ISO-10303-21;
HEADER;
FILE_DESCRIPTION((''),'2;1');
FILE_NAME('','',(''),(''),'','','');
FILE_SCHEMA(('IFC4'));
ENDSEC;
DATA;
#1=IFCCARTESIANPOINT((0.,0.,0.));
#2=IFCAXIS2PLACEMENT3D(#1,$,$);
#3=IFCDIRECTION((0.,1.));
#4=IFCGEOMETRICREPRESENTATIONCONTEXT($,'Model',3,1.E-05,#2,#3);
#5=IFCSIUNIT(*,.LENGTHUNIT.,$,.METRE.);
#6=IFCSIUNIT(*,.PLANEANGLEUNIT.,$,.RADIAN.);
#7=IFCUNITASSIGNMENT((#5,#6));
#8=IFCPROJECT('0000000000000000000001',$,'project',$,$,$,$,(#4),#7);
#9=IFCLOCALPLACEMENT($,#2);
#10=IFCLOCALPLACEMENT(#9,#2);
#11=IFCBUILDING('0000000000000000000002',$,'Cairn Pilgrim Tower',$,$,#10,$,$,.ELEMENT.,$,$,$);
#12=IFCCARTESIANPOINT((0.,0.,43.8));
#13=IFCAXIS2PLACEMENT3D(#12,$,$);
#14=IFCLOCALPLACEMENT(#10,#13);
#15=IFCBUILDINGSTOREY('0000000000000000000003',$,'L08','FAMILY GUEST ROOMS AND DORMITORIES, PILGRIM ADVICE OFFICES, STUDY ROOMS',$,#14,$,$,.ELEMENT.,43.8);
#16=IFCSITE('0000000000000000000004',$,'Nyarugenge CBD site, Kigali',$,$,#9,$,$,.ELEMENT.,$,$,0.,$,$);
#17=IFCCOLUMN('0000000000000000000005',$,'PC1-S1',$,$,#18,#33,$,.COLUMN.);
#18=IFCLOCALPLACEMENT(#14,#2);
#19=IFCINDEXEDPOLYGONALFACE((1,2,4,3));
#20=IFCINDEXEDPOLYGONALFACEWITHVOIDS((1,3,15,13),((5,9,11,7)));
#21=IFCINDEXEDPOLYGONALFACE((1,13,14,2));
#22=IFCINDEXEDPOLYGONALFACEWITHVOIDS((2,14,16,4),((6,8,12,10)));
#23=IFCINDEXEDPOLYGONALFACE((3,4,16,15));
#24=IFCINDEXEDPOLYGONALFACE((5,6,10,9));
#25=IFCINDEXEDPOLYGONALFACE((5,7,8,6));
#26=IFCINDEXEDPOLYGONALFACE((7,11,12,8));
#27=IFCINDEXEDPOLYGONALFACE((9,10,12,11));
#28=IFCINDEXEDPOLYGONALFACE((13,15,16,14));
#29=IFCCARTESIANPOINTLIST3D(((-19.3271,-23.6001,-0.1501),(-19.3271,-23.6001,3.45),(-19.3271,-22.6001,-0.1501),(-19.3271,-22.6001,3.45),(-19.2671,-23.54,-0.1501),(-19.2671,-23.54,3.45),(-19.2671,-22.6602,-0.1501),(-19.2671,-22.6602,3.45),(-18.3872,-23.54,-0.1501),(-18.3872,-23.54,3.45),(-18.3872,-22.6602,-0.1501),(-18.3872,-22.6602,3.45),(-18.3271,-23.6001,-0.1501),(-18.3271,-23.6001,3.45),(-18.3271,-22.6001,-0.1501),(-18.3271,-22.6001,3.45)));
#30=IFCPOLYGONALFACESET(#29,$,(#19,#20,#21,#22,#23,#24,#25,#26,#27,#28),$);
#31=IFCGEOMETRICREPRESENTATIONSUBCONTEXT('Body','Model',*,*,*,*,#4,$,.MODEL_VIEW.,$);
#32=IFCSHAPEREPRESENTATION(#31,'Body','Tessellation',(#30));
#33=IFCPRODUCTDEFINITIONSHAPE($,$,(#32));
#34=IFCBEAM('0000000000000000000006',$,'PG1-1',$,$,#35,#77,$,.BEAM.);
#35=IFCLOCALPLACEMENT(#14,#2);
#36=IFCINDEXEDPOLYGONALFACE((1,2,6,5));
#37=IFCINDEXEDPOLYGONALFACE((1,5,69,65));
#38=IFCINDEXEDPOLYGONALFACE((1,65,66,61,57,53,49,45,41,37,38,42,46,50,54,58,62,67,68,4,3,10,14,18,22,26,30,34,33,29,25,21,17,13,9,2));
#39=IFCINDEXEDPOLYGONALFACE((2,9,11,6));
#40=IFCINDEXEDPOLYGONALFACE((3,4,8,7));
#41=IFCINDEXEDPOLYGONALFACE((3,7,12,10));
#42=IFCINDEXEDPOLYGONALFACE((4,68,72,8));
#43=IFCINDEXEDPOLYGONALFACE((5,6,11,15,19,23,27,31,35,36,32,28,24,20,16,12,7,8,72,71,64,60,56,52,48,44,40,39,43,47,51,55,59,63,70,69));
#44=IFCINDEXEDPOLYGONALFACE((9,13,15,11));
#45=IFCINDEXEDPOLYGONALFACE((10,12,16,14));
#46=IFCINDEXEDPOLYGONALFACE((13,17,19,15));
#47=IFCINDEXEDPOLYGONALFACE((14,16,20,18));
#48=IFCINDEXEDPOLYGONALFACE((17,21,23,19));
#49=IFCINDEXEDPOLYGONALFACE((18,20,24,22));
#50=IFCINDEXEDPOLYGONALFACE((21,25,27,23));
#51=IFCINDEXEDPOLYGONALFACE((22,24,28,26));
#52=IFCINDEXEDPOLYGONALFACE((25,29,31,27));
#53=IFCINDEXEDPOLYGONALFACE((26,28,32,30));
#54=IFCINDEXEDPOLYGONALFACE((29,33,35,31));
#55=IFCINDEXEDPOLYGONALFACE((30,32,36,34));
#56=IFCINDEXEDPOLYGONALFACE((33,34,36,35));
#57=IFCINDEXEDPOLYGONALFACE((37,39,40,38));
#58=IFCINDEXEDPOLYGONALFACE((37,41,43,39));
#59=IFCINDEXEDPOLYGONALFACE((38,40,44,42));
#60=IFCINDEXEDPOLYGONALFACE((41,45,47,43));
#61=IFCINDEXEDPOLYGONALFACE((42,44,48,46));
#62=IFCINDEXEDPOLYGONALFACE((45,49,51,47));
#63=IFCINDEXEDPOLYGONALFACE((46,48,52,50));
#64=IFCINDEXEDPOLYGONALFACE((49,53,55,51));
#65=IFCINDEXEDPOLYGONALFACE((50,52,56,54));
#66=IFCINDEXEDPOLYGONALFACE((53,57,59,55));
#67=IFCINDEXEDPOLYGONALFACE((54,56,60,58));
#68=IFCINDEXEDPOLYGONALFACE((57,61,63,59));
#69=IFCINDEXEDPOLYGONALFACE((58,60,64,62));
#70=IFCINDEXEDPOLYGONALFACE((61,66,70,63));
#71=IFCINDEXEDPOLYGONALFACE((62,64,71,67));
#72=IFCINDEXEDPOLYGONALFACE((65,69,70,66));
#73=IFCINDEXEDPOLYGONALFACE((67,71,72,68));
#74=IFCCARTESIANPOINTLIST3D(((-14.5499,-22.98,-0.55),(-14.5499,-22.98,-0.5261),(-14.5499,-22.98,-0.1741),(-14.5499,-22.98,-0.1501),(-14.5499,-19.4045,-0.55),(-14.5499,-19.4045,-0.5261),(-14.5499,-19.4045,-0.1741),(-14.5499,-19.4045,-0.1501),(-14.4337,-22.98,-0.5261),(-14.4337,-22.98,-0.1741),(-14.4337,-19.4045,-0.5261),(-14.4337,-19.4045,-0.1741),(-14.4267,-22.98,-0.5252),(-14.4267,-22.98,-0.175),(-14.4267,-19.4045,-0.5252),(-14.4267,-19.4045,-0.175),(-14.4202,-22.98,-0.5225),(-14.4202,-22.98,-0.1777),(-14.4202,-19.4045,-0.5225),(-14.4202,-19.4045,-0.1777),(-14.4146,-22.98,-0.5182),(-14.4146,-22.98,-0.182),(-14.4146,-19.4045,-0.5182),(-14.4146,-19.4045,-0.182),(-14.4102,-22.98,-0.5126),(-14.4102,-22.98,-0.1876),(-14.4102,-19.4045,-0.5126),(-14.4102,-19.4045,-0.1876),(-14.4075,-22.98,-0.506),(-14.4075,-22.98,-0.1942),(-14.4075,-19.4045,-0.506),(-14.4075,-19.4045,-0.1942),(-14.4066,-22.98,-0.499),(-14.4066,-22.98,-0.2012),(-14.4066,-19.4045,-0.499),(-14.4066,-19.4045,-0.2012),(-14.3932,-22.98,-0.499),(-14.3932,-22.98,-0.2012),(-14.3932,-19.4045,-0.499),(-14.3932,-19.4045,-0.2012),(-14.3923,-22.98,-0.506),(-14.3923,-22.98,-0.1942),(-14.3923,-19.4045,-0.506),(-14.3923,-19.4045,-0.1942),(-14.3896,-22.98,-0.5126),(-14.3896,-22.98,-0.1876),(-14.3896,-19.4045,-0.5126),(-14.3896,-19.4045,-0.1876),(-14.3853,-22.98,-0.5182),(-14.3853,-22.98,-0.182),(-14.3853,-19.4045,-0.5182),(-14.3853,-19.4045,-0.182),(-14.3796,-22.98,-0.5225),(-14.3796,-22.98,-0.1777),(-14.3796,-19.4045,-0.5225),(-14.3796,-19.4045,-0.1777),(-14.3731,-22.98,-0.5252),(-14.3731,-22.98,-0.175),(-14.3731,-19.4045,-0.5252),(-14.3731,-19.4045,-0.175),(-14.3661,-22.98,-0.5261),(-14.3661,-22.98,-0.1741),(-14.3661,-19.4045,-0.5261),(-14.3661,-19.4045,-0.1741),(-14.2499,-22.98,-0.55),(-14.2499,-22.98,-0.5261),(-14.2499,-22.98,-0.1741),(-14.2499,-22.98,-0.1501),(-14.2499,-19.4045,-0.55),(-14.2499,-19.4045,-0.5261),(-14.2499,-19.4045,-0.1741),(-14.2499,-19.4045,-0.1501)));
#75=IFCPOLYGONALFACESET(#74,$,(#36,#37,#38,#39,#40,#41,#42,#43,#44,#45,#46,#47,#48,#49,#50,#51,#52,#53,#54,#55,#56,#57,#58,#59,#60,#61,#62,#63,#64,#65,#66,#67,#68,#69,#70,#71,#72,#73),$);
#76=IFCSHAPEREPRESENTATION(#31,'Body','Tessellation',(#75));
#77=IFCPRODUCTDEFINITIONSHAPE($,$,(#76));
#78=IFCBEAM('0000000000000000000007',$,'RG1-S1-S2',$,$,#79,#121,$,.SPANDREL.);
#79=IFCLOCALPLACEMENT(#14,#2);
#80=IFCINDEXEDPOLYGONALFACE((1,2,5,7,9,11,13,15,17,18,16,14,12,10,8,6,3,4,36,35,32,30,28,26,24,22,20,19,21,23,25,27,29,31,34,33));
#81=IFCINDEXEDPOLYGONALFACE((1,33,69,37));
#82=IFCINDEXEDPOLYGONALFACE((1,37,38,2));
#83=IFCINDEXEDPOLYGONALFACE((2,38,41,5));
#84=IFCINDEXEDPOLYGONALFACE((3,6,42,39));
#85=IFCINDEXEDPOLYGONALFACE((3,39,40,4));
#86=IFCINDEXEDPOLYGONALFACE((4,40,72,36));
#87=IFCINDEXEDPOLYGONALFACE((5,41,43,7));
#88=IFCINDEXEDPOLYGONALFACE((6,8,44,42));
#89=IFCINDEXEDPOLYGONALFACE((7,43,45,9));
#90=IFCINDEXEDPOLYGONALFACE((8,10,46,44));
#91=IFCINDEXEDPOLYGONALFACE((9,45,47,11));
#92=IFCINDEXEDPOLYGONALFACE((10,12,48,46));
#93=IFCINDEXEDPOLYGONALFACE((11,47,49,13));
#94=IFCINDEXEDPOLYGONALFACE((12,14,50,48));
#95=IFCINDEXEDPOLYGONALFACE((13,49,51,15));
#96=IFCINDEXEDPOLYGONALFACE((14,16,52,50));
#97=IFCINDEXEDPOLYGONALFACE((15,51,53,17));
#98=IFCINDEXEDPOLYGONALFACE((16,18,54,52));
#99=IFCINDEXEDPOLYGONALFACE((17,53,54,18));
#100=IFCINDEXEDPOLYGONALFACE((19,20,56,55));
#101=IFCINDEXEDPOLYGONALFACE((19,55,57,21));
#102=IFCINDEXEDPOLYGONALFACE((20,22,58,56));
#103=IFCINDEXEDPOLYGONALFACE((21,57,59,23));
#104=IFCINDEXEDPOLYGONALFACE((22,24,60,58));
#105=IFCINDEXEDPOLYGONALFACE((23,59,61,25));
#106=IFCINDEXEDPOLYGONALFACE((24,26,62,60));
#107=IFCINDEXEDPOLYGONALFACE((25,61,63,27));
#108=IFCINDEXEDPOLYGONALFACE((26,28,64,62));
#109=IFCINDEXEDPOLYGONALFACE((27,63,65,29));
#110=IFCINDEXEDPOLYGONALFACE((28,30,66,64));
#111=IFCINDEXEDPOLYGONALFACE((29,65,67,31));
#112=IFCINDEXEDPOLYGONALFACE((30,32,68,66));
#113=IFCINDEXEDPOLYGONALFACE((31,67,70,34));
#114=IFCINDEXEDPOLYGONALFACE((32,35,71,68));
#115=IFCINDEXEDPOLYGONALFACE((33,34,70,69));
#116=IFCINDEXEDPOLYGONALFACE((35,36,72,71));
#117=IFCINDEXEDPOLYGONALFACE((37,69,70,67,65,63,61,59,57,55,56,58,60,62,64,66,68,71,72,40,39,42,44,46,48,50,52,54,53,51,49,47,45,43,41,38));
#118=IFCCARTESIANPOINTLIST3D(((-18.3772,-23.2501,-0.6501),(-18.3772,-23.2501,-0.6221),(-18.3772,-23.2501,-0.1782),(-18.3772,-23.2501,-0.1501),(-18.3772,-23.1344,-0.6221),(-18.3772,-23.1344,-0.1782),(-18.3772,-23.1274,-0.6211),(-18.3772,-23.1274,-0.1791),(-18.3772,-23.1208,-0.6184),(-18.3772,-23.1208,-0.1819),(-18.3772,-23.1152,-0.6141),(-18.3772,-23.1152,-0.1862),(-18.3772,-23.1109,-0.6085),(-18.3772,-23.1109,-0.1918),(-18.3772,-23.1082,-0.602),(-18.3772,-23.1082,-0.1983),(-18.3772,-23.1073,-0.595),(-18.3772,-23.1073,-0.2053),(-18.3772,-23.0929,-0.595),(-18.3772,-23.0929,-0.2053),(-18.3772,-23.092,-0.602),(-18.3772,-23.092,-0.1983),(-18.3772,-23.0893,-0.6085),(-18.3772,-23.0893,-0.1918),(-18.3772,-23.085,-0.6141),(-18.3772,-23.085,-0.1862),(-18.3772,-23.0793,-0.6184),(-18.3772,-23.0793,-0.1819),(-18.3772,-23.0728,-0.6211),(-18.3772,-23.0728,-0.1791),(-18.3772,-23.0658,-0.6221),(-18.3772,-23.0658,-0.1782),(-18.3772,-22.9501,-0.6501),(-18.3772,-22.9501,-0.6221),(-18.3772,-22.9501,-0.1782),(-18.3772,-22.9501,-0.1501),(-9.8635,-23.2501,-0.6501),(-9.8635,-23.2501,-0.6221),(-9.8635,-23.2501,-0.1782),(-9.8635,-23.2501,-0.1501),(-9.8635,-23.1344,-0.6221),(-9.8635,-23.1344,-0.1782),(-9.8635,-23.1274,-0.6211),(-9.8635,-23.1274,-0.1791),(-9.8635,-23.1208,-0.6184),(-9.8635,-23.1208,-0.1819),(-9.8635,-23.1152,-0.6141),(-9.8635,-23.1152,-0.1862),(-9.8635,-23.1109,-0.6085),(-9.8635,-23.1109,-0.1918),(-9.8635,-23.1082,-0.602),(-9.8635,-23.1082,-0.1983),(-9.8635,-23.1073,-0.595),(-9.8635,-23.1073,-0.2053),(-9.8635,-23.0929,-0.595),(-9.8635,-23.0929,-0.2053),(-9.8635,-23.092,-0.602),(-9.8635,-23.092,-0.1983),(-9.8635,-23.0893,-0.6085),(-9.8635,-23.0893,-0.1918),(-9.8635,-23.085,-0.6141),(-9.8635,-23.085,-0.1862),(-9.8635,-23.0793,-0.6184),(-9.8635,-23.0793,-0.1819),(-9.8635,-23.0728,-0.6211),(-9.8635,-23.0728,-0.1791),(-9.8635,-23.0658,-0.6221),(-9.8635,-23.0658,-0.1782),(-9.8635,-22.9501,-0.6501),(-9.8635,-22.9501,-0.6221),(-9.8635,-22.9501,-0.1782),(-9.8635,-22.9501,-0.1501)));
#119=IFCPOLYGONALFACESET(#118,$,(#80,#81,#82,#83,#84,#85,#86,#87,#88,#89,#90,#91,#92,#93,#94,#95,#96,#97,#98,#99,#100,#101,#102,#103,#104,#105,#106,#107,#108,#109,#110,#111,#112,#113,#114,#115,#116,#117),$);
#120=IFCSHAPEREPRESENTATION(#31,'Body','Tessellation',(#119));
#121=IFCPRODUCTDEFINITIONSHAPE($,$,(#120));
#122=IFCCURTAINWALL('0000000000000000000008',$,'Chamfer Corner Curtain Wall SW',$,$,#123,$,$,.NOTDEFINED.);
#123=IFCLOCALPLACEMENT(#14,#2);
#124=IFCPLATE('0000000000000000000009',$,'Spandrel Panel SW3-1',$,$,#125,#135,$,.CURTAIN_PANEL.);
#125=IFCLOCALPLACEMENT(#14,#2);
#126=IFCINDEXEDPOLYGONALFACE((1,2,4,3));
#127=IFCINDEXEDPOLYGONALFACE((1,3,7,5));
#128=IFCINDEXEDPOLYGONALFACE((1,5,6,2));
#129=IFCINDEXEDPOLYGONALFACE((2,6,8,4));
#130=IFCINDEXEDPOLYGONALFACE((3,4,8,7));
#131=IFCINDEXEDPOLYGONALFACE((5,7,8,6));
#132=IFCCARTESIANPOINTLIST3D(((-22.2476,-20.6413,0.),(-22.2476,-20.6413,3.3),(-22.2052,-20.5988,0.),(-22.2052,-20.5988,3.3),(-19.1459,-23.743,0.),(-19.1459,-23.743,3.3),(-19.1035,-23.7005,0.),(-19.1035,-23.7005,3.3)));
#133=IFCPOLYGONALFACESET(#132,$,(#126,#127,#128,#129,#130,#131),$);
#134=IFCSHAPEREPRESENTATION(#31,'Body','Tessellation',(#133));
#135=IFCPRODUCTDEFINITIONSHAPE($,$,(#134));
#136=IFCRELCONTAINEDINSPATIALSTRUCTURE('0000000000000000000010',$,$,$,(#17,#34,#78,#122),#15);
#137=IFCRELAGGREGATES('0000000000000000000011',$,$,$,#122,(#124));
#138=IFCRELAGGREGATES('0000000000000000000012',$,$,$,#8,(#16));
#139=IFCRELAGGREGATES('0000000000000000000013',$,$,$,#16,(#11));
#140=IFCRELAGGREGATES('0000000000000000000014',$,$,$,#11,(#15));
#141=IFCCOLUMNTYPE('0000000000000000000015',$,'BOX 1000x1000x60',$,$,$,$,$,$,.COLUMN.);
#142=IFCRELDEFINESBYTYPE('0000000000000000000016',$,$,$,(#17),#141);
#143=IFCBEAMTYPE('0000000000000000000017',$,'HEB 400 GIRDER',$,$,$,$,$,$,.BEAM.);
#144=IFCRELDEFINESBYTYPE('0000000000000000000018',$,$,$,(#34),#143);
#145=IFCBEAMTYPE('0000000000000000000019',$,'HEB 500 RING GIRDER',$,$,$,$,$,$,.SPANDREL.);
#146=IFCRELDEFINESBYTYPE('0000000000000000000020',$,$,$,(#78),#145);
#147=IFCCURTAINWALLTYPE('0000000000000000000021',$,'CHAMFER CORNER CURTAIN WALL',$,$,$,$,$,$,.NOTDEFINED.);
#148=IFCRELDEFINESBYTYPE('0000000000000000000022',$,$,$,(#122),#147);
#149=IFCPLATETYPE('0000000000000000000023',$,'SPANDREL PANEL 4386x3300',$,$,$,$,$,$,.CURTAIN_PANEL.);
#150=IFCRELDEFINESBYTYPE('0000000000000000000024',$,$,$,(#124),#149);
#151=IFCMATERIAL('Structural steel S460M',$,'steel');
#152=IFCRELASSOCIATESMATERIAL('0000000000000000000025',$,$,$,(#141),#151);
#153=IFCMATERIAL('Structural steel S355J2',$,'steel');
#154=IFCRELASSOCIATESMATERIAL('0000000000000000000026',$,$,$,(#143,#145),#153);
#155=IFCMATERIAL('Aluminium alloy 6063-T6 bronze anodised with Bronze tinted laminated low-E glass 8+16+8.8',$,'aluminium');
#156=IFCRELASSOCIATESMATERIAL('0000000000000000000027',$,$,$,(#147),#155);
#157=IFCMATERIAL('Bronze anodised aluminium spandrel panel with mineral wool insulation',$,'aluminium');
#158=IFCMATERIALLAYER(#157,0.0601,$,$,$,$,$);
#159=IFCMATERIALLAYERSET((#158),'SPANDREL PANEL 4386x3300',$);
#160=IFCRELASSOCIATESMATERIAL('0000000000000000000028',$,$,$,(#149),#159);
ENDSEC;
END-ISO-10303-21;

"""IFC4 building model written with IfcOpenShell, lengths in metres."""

from ifc_helpers import new_model, si_unit, direction, frame, origin, origin_2d, place, context, subcontext, project, spatial, rectangle, hollow_rectangle, i_section, extrude, material, layer, layer_set, material_profile, profile_set, type_object, element, aggregate, save


model = new_model("IFC4")

# Units and contexts
model_context = context("Model", 3, precision=1e-05, world=origin(), true_north=direction((0.0, 1.0)))
body_context = subcontext(model_context, "Body", "Model", "MODEL_VIEW")
ifc_project = project(units=[si_unit("LENGTHUNIT", "METRE"), si_unit("PLANEANGLEUNIT", "RADIAN")], contexts=[model_context])

# Site, building, storey
site_placement = place(None, origin())
site = spatial("IfcSite", under=ifc_project, at=site_placement, Name="Nyarugenge CBD site, Kigali", CompositionType="ELEMENT", RefElevation=0.0)
building_placement = place(site_placement, origin())
building = spatial("IfcBuilding", under=site, at=building_placement, Name="Cairn Pilgrim Tower", CompositionType="ELEMENT")
storey_placement = place(building_placement, frame((0.0, 0.0, 43.8)))
storey = spatial("IfcBuildingStorey", under=building, at=storey_placement, Name="L08", Description="FAMILY GUEST ROOMS AND DORMITORIES, PILGRIM ADVICE OFFICES, STUDY ROOMS", CompositionType="ELEMENT", Elevation=43.8)

# Column
ifc_material_1 = material(Name="Structural steel S460M", Category="steel")
ifc_material_profile_1 = material_profile(ifc_material_1, hollow_rectangle(XDim=1.0, YDim=1.0, WallThickness=0.0601, at=origin_2d()), Name="BOX 1000x1000x60")
ifc_profile_set_1 = profile_set([ifc_material_profile_1], Name="Structural steel S460M")
column_type = type_object("IfcColumnType", Name="BOX 1000x1000x60", PredefinedType="COLUMN", material=ifc_profile_set_1)
column_placement = place(storey_placement, frame((-18.8271, -23.1001, -0.1501), z_axis=(0.0, 0.0, 1.0), x_axis=(1.0, 0.0, 0.0)))
element("IfcColumn", 1, at=column_placement, inside=storey, type_object=column_type, Name="PC1-S1", PredefinedType="COLUMN", context=body_context, shape_type="SweptSolid", body=[
    extrude(hollow_rectangle(XDim=1.0, YDim=1.0, WallThickness=0.0601, at=origin_2d()), origin(), (0.0, 0.0, 1.0), 3.6001),
])

# Beams
ifc_material_2 = material(Name="Structural steel S355J2", Category="steel")
ifc_material_profile_2 = material_profile(ifc_material_2, i_section(OverallWidth=0.3, OverallDepth=0.3999, WebThickness=0.0134, FlangeThickness=0.0239, FilletRadius=0.0271, at=origin_2d()), Name="HEB 400")
ifc_profile_set_2 = profile_set([ifc_material_profile_2], Name="Structural steel S355J2")
beam_type_1 = type_object("IfcBeamType", Name="HEB 400 GIRDER", PredefinedType="BEAM", material=ifc_profile_set_2)
beam_1_placement = place(storey_placement, frame((-14.3999, -22.98, -0.3501), z_axis=(0.0, 1.0, 0.0), x_axis=(-1.0, 0.0, 0.0)))
element("IfcBeam", 2, at=beam_1_placement, inside=storey, type_object=beam_type_1, Name="PG1-1", PredefinedType="BEAM", context=body_context, shape_type="SweptSolid", body=[
    extrude(i_section(OverallWidth=0.3, OverallDepth=0.3999, WebThickness=0.0134, FlangeThickness=0.0239, FilletRadius=0.0271, at=origin_2d()), origin(), (0.0, 0.0, 1.0), 3.5754),
])
ifc_material_profile_3 = material_profile(ifc_material_2, i_section(OverallWidth=0.3, OverallDepth=0.5, WebThickness=0.0144, FlangeThickness=0.0281, FilletRadius=0.0271, at=origin_2d()), Name="HEB 500")
ifc_profile_set_3 = profile_set([ifc_material_profile_3], Name="Structural steel S355J2")
beam_type_2 = type_object("IfcBeamType", Name="HEB 500 RING GIRDER", PredefinedType="SPANDREL", material=ifc_profile_set_3)
beam_2_placement = place(storey_placement, frame((-18.3772, -23.1001, -0.4001), z_axis=(1.0, 0.0, 0.0), x_axis=(0.0, 1.0, 0.0)))
element("IfcBeam", 3, at=beam_2_placement, inside=storey, type_object=beam_type_2, Name="RG1-S1-S2", PredefinedType="SPANDREL", context=body_context, shape_type="SweptSolid", body=[
    extrude(i_section(OverallWidth=0.3, OverallDepth=0.5, WebThickness=0.0144, FlangeThickness=0.0281, FilletRadius=0.0271, at=origin_2d()), origin(), (0.0, 0.0, 1.0), 8.5137),
])

# Curtain wall, plate
ifc_material_3 = material(Name="Aluminium alloy 6063-T6 bronze anodised with Bronze tinted laminated low-E glass 8+16+8.8", Category="aluminium")
curtain_wall_type = type_object("IfcCurtainWallType", Name="CHAMFER CORNER CURTAIN WALL", PredefinedType="NOTDEFINED", material=ifc_material_3)
curtain_wall_placement = place(storey_placement, origin())
curtain_wall = element("IfcCurtainWall", 4, at=curtain_wall_placement, inside=storey, type_object=curtain_wall_type, Name="Chamfer Corner Curtain Wall SW", PredefinedType="NOTDEFINED")
ifc_material_4 = material(Name="Bronze anodised aluminium spandrel panel with mineral wool insulation", Category="aluminium")
ifc_layer_1 = layer(ifc_material_4, 0.0601)
ifc_layer_set_1 = layer_set([ifc_layer_1], Name="SPANDREL PANEL 4386x3300")
plate_type = type_object("IfcPlateType", Name="SPANDREL PANEL 4386x3300", PredefinedType="CURTAIN_PANEL", material=ifc_layer_set_1)
plate_placement = place(storey_placement, frame((-20.6755, -22.1709, 0.0), z_axis=(0.0, 0.0, 1.0), x_axis=(0.707107, -0.707107, 0.0)))
plate = element("IfcPlate", 5, at=plate_placement, type_object=plate_type, Name="Spandrel Panel SW3-1", PredefinedType="CURTAIN_PANEL", context=body_context, shape_type="SweptSolid", body=[
    extrude(rectangle(XDim=4.3865, YDim=0.0601, at=origin_2d()), origin(), (0.0, 0.0, 1.0), 3.3),
])
aggregate(curtain_wall, [plate])

save(model, "model.ifc")
